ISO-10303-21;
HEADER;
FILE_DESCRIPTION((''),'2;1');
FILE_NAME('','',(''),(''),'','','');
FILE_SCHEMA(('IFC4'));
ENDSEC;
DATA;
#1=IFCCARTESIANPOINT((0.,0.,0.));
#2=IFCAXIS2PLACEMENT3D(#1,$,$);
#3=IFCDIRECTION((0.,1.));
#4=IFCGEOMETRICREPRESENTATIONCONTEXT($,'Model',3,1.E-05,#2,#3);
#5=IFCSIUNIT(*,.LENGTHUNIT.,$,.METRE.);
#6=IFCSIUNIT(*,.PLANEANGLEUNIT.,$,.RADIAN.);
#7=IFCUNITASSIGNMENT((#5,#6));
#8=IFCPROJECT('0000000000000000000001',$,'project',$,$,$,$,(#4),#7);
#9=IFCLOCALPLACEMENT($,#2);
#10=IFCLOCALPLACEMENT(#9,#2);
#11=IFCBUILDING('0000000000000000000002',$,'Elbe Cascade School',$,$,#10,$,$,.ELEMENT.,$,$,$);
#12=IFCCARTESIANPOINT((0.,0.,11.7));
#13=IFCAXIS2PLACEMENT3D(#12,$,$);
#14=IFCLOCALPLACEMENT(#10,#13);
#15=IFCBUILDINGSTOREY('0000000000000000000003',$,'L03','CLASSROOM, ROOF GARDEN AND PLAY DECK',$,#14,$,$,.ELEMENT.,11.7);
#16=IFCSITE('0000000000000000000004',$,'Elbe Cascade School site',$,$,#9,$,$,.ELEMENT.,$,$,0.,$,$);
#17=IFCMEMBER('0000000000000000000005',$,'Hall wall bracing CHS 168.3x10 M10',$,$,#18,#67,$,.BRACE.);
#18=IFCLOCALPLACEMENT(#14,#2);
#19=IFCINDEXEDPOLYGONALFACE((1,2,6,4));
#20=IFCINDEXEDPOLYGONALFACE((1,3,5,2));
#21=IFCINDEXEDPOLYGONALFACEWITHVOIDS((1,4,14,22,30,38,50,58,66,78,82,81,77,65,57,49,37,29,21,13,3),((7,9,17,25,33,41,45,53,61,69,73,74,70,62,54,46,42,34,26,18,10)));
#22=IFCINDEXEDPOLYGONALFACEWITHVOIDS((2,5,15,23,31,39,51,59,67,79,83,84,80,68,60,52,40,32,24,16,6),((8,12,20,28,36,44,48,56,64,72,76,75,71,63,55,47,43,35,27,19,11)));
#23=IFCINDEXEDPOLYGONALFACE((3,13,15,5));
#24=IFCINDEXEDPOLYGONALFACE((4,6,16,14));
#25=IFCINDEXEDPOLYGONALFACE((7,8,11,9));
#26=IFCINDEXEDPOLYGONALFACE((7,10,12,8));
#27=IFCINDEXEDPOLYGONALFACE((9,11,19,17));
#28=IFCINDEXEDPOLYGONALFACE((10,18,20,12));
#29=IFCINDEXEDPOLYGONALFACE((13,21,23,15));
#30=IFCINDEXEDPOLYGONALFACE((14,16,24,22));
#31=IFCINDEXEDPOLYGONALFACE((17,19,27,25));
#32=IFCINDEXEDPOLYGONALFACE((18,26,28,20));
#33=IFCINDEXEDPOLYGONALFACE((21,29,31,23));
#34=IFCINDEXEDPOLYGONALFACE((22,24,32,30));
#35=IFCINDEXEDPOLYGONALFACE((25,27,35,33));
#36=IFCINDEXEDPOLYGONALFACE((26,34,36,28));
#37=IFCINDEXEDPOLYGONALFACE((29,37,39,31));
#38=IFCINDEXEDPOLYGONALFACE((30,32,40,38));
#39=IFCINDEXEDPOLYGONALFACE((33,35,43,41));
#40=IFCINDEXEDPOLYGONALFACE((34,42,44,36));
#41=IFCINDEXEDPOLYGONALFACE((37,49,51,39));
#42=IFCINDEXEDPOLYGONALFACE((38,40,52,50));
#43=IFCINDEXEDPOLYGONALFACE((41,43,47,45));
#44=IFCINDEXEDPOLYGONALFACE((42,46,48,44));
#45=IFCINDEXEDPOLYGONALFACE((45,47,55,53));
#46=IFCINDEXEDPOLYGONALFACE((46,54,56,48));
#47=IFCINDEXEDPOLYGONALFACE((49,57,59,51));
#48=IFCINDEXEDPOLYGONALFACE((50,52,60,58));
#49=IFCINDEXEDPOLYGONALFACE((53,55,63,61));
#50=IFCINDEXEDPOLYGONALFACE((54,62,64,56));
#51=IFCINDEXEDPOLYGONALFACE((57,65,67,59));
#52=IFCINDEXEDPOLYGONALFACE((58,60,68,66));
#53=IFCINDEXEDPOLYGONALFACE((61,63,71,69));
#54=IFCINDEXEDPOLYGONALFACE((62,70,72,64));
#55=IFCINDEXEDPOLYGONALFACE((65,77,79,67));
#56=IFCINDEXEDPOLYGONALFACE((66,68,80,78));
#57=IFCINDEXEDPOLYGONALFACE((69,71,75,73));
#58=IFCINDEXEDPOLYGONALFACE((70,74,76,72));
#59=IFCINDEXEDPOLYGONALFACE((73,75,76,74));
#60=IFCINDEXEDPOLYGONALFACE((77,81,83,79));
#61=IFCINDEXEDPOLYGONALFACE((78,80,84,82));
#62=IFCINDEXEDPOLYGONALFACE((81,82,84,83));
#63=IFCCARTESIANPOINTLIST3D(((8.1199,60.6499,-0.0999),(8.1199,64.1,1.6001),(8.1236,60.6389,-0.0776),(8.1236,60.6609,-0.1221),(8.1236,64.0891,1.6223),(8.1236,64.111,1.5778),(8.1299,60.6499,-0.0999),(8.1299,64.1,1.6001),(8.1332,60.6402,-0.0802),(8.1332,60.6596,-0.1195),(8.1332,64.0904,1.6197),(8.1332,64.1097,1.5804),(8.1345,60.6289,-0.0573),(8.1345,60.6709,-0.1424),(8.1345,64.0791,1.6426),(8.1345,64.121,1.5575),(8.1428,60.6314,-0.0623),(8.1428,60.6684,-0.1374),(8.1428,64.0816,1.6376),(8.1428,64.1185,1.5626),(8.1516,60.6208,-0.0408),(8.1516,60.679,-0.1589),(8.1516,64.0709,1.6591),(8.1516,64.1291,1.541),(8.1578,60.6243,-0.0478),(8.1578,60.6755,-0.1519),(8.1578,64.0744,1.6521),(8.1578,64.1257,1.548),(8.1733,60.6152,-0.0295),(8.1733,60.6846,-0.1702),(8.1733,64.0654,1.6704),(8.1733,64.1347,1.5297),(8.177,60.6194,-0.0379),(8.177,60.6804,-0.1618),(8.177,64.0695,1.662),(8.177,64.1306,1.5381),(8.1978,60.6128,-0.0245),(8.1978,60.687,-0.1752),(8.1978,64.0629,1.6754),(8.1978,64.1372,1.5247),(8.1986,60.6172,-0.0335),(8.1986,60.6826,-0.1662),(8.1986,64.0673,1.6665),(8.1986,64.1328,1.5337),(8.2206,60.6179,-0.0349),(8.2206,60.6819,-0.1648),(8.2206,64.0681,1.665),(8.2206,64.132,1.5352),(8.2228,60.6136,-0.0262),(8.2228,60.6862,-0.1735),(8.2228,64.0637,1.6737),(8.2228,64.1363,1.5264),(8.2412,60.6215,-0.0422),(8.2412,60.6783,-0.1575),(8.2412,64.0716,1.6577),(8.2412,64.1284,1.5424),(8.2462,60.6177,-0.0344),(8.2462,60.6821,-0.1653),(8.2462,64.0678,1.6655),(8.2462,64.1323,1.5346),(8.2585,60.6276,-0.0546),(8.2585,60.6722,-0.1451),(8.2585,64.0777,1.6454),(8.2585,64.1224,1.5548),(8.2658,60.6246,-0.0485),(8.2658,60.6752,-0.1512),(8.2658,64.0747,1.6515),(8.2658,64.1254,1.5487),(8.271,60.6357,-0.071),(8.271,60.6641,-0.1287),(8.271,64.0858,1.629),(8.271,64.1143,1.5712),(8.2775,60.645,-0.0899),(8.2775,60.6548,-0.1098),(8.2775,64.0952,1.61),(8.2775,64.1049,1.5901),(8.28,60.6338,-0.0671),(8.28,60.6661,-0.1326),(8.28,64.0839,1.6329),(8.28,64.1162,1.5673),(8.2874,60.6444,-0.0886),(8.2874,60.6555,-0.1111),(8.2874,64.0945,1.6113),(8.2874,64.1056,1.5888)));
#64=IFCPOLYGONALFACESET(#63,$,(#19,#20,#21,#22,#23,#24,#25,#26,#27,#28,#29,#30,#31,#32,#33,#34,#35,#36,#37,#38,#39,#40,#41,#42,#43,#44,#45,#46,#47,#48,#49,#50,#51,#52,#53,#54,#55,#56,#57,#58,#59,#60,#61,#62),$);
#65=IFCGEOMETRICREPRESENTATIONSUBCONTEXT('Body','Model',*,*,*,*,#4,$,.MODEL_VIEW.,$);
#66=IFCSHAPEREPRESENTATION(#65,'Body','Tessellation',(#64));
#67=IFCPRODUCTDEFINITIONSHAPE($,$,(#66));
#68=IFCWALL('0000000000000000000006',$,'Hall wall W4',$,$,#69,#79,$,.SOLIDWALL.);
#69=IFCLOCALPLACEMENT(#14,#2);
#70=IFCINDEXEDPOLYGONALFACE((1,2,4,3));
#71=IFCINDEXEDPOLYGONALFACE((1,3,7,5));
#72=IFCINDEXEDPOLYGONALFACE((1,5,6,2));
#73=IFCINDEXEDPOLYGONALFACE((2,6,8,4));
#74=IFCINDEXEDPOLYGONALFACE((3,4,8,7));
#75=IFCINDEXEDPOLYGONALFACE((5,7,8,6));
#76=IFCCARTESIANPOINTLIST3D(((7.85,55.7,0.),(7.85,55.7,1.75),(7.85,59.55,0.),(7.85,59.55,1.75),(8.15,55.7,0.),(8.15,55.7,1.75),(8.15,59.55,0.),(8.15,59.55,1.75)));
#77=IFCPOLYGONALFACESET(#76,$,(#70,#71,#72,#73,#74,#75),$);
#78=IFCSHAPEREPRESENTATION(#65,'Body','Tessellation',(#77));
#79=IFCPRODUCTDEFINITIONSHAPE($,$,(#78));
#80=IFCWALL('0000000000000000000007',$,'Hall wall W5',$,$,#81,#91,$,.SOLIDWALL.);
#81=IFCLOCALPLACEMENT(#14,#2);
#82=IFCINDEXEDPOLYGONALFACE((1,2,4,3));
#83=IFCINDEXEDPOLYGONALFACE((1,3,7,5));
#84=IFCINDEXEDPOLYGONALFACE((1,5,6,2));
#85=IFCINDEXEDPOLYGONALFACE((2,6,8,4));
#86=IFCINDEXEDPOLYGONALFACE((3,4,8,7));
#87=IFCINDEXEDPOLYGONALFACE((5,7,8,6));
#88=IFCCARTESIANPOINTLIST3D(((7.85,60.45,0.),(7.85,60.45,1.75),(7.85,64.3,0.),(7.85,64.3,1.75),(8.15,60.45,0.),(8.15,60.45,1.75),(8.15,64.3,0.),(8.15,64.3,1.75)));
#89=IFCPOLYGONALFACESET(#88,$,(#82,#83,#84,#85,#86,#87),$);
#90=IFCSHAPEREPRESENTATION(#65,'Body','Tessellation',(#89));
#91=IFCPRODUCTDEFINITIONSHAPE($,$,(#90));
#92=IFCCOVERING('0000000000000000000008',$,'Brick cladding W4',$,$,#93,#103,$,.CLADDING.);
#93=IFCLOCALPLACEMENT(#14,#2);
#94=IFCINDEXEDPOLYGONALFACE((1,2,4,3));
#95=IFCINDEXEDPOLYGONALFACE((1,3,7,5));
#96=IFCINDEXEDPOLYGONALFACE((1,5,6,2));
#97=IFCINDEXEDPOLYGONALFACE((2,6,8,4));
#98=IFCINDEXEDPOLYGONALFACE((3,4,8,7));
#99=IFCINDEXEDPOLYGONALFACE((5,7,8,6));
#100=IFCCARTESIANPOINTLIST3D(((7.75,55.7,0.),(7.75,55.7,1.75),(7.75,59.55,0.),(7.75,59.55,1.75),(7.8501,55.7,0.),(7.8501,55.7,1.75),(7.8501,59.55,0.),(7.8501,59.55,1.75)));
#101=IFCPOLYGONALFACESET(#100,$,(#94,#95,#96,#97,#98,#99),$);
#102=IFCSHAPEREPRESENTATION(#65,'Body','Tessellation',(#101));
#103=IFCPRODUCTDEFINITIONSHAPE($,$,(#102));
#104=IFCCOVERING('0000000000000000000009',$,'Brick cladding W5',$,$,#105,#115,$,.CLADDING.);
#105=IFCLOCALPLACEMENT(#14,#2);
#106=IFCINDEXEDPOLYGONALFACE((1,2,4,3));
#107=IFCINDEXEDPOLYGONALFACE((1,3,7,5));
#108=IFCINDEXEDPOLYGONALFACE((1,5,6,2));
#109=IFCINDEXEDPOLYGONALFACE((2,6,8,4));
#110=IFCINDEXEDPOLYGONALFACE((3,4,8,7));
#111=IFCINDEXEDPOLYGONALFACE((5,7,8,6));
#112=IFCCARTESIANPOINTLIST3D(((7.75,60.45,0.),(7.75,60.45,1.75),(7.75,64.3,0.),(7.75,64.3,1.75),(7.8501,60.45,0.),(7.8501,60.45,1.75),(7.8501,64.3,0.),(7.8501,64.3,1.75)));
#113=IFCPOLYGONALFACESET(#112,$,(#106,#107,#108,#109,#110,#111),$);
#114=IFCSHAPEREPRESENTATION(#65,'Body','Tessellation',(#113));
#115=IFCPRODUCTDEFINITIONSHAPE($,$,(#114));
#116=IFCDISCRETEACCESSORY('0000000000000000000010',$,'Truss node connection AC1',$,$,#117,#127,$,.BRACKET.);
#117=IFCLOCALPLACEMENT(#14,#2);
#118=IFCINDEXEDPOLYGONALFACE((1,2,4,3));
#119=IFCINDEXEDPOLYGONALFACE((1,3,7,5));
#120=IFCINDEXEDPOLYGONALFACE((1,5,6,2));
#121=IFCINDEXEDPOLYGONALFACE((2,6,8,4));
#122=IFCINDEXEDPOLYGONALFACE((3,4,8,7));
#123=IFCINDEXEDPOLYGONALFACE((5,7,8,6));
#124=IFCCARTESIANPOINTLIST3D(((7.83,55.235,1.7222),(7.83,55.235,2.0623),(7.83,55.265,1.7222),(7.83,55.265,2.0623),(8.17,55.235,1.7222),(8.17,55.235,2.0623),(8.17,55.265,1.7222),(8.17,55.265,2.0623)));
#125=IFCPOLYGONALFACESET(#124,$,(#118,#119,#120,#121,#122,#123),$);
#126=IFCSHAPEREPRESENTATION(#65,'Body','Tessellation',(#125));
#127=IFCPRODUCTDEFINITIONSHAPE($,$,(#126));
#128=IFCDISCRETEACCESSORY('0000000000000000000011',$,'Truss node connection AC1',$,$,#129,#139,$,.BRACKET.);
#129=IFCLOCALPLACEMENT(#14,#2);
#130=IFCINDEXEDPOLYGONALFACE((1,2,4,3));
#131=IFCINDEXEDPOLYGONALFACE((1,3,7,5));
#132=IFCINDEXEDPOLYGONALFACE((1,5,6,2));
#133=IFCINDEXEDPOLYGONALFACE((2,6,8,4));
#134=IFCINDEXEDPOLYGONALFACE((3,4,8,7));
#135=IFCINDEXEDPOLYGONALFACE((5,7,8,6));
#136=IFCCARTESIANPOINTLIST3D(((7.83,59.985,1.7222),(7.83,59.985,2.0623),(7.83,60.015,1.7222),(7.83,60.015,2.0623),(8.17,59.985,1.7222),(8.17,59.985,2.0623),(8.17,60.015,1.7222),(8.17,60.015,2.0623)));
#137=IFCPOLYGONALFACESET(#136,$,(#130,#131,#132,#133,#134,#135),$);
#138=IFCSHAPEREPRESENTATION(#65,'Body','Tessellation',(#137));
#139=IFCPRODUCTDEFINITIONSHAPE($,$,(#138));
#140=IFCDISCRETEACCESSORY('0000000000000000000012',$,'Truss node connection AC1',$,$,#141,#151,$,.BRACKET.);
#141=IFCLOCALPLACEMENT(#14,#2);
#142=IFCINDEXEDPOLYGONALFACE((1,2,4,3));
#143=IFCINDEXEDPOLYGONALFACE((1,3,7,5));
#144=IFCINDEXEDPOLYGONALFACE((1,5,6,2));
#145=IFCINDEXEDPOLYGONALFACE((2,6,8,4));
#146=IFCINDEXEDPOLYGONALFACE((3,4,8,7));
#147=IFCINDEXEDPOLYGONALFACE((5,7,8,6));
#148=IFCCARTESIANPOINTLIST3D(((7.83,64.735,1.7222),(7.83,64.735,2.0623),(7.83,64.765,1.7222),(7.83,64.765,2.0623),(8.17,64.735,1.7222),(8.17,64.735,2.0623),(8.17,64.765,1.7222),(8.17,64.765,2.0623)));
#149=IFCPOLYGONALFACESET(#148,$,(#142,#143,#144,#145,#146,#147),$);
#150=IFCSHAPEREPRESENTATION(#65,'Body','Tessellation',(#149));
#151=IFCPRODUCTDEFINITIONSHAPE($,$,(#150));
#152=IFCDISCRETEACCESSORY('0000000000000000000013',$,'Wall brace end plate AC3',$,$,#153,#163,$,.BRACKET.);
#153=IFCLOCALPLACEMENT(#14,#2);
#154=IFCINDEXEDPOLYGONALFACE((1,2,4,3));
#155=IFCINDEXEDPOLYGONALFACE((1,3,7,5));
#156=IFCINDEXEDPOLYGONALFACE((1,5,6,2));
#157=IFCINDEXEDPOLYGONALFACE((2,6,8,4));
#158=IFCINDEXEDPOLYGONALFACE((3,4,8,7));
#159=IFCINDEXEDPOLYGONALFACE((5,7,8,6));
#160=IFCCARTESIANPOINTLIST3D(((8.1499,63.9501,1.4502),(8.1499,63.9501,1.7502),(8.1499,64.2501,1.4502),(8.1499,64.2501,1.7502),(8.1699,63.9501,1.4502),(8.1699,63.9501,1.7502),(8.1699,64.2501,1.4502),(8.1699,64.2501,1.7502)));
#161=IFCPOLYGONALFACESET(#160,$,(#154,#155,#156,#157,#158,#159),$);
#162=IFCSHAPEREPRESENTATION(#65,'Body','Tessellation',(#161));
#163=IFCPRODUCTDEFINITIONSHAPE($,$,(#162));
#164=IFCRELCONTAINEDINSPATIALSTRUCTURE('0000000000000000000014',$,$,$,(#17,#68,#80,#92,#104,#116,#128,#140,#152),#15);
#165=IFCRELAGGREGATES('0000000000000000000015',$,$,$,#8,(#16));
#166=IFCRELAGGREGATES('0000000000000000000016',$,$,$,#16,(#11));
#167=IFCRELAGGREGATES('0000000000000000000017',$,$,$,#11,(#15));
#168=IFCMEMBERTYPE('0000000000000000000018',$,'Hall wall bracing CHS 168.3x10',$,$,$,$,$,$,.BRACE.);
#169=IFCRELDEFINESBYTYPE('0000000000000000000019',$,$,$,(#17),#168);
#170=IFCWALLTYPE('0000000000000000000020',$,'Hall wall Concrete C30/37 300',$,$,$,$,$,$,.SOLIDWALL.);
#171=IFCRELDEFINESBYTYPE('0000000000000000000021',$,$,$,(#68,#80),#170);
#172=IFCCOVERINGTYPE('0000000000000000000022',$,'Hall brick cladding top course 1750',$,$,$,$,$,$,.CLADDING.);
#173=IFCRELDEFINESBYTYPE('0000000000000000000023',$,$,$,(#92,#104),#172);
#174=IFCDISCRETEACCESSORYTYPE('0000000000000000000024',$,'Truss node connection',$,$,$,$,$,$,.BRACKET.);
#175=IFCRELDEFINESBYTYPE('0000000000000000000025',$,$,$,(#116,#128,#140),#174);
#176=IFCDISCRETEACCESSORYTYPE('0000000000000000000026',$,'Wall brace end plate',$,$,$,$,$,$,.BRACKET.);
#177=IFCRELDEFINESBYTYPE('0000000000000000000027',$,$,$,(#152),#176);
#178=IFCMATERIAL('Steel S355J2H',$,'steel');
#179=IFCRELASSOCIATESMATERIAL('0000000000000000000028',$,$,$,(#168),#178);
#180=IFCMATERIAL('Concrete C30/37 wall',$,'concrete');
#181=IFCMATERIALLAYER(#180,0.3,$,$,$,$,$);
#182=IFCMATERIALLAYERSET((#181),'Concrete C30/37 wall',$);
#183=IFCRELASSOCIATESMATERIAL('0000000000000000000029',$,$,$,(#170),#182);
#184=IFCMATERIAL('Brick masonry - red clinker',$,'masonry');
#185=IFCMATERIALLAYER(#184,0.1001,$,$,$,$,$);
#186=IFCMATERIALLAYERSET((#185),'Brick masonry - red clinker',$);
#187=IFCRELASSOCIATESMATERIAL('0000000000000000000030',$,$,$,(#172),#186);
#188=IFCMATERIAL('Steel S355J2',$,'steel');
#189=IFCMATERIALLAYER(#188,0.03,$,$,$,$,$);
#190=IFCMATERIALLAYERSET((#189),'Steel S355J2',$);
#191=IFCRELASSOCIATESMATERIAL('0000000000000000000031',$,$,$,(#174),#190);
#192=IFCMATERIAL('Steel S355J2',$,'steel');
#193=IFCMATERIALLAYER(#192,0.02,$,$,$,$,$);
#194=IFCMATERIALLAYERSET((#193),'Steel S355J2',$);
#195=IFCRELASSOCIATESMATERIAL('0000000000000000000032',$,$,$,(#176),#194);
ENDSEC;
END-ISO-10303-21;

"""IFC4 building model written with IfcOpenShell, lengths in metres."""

from ifc_helpers import new_model, si_unit, direction, frame, frame_2d, origin, origin_2d, place, context, subcontext, project, spatial, rectangle, hollow_circle, extrude, material, layer, layer_set, material_profile, profile_set, type_object, element, save


model = new_model("IFC4")

# Units and contexts
model_context = context("Model", 3, precision=1e-05, world=origin(), true_north=direction((0.0, 1.0)))
body_context = subcontext(model_context, "Body", "Model", "MODEL_VIEW")
ifc_project = project(units=[si_unit("LENGTHUNIT", "METRE"), si_unit("PLANEANGLEUNIT", "RADIAN")], contexts=[model_context])

# Site, building, storey
site_placement = place(None, origin())
site = spatial("IfcSite", under=ifc_project, at=site_placement, Name="Elbe Cascade School site", CompositionType="ELEMENT", RefElevation=0.0)
building_placement = place(site_placement, origin())
building = spatial("IfcBuilding", under=site, at=building_placement, Name="Elbe Cascade School", CompositionType="ELEMENT")
storey_placement = place(building_placement, frame((0.0, 0.0, 11.7)))
storey = spatial("IfcBuildingStorey", under=building, at=storey_placement, Name="L03", Description="CLASSROOM, ROOF GARDEN AND PLAY DECK", CompositionType="ELEMENT", Elevation=11.7)

# Member
ifc_material_1 = material(Name="Steel S355J2H", Category="steel")
ifc_material_profile_1 = material_profile(ifc_material_1, hollow_circle(Radius=0.0842, WallThickness=0.01, at=origin_2d()), Name="CHS 168.3x10")
ifc_profile_set_1 = profile_set([ifc_material_profile_1], Name="Steel S355J2H")
member_type_1 = type_object("IfcMemberType", Name="Hall wall bracing CHS 168.3x10", PredefinedType="BRACE", material=ifc_profile_set_1)
member_placement = place(storey_placement, frame((8.2041, 60.6499, -0.0999), z_axis=(0.0, 0.897027, 0.441976), x_axis=(-1.0, 0.0, 0.0)))
element("IfcMember", 1, at=member_placement, inside=storey, type_object=member_type_1, Name="Hall wall bracing CHS 168.3x10 M10", PredefinedType="BRACE", context=body_context, shape_type="SweptSolid", body=[
    extrude(hollow_circle(Radius=0.0842, WallThickness=0.01, at=origin_2d()), origin(), (0.0, 0.0, 1.0), 3.8462),
])

# Walls
ifc_material_2 = material(Name="Concrete C30/37 wall", Category="concrete")
ifc_layer_1 = layer(ifc_material_2, 0.3)
ifc_layer_set_1 = layer_set([ifc_layer_1], Name="Concrete C30/37 wall")
wall_type = type_object("IfcWallType", Name="Hall wall Concrete C30/37 300", PredefinedType="SOLIDWALL", material=ifc_layer_set_1)
for number, where, z_axis, x_axis, name in (
    (2, (8.0, 55.7, 0.0), (0.0, 0.0, 1.0), (0.0, 1.0, 0.0), "Hall wall W4"),
    (3, (8.0, 60.45, 0.0), (0.0, 0.0, 1.0), (0.0, 1.0, 0.0), "Hall wall W5"),
):
    element("IfcWall", number, at=place(storey_placement, frame(where, z_axis=z_axis, x_axis=x_axis)), inside=storey, type_object=wall_type, Name=name, PredefinedType="SOLIDWALL", context=body_context, shape_type="SweptSolid", body=[
        extrude(rectangle(XDim=3.8501, YDim=0.3, at=frame_2d((1.925, 0.0))), origin(), (0.0, 0.0, 1.0), 1.75),
    ])

# Coverings
ifc_material_3 = material(Name="Brick masonry - red clinker", Category="masonry")
ifc_layer_2 = layer(ifc_material_3, 0.1001)
ifc_layer_set_2 = layer_set([ifc_layer_2], Name="Brick masonry - red clinker")
covering_type = type_object("IfcCoveringType", Name="Hall brick cladding top course 1750", PredefinedType="CLADDING", material=ifc_layer_set_2)
for number, where, z_axis, x_axis, name in (
    (4, (7.8, 57.625, 0.0), (0.0, 0.0, 1.0), (1.0, 0.0, 0.0), "Brick cladding W4"),
    (5, (7.8, 62.375, 0.0), (0.0, 0.0, 1.0), (1.0, 0.0, 0.0), "Brick cladding W5"),
):
    element("IfcCovering", number, at=place(storey_placement, frame(where, z_axis=z_axis, x_axis=x_axis)), inside=storey, type_object=covering_type, Name=name, PredefinedType="CLADDING", context=body_context, shape_type="SweptSolid", body=[
        extrude(rectangle(XDim=0.1001, YDim=3.8501, at=origin_2d()), origin(), (0.0, 0.0, 1.0), 1.75),
    ])

# Discrete accessories
ifc_material_4 = material(Name="Steel S355J2", Category="steel")
ifc_layer_3 = layer(ifc_material_4, 0.03)
ifc_layer_set_3 = layer_set([ifc_layer_3], Name="Steel S355J2")
discrete_accessory_type_1 = type_object("IfcDiscreteAccessoryType", Name="Truss node connection", PredefinedType="BRACKET", material=ifc_layer_set_3)
for number, where, z_axis, x_axis, name in (
    (6, (8.0, 55.25, 1.7222), (0.0, 0.0, 1.0), (1.0, 0.0, 0.0), "Truss node connection AC1"),
    (7, (8.0, 60.0, 1.7222), (0.0, 0.0, 1.0), (1.0, 0.0, 0.0), "Truss node connection AC1"),
    (8, (8.0, 64.75, 1.7222), (0.0, 0.0, 1.0), (1.0, 0.0, 0.0), "Truss node connection AC1"),
):
    element("IfcDiscreteAccessory", number, at=place(storey_placement, frame(where, z_axis=z_axis, x_axis=x_axis)), inside=storey, type_object=discrete_accessory_type_1, Name=name, PredefinedType="BRACKET", context=body_context, shape_type="SweptSolid", body=[
        extrude(rectangle(XDim=0.3401, YDim=0.03, at=origin_2d()), origin(), (0.0, 0.0, 1.0), 0.3401),
    ])
ifc_material_5 = material(Name="Steel S355J2", Category="steel")
ifc_layer_4 = layer(ifc_material_5, 0.02)
ifc_layer_set_4 = layer_set([ifc_layer_4], Name="Steel S355J2")
discrete_accessory_type_2 = type_object("IfcDiscreteAccessoryType", Name="Wall brace end plate", PredefinedType="BRACKET", material=ifc_layer_set_4)
discrete_accessory_placement = place(storey_placement, frame((8.1599, 64.1001, 1.4502), z_axis=(0.0, 0.0, 1.0), x_axis=(1.0, 0.0, 0.0)))
element("IfcDiscreteAccessory", 9, at=discrete_accessory_placement, inside=storey, type_object=discrete_accessory_type_2, Name="Wall brace end plate AC3", PredefinedType="BRACKET", context=body_context, shape_type="SweptSolid", body=[
    extrude(rectangle(XDim=0.02, YDim=0.3, at=origin_2d()), origin(), (0.0, 0.0, 1.0), 0.3),
])

save(model, "model.ifc")
